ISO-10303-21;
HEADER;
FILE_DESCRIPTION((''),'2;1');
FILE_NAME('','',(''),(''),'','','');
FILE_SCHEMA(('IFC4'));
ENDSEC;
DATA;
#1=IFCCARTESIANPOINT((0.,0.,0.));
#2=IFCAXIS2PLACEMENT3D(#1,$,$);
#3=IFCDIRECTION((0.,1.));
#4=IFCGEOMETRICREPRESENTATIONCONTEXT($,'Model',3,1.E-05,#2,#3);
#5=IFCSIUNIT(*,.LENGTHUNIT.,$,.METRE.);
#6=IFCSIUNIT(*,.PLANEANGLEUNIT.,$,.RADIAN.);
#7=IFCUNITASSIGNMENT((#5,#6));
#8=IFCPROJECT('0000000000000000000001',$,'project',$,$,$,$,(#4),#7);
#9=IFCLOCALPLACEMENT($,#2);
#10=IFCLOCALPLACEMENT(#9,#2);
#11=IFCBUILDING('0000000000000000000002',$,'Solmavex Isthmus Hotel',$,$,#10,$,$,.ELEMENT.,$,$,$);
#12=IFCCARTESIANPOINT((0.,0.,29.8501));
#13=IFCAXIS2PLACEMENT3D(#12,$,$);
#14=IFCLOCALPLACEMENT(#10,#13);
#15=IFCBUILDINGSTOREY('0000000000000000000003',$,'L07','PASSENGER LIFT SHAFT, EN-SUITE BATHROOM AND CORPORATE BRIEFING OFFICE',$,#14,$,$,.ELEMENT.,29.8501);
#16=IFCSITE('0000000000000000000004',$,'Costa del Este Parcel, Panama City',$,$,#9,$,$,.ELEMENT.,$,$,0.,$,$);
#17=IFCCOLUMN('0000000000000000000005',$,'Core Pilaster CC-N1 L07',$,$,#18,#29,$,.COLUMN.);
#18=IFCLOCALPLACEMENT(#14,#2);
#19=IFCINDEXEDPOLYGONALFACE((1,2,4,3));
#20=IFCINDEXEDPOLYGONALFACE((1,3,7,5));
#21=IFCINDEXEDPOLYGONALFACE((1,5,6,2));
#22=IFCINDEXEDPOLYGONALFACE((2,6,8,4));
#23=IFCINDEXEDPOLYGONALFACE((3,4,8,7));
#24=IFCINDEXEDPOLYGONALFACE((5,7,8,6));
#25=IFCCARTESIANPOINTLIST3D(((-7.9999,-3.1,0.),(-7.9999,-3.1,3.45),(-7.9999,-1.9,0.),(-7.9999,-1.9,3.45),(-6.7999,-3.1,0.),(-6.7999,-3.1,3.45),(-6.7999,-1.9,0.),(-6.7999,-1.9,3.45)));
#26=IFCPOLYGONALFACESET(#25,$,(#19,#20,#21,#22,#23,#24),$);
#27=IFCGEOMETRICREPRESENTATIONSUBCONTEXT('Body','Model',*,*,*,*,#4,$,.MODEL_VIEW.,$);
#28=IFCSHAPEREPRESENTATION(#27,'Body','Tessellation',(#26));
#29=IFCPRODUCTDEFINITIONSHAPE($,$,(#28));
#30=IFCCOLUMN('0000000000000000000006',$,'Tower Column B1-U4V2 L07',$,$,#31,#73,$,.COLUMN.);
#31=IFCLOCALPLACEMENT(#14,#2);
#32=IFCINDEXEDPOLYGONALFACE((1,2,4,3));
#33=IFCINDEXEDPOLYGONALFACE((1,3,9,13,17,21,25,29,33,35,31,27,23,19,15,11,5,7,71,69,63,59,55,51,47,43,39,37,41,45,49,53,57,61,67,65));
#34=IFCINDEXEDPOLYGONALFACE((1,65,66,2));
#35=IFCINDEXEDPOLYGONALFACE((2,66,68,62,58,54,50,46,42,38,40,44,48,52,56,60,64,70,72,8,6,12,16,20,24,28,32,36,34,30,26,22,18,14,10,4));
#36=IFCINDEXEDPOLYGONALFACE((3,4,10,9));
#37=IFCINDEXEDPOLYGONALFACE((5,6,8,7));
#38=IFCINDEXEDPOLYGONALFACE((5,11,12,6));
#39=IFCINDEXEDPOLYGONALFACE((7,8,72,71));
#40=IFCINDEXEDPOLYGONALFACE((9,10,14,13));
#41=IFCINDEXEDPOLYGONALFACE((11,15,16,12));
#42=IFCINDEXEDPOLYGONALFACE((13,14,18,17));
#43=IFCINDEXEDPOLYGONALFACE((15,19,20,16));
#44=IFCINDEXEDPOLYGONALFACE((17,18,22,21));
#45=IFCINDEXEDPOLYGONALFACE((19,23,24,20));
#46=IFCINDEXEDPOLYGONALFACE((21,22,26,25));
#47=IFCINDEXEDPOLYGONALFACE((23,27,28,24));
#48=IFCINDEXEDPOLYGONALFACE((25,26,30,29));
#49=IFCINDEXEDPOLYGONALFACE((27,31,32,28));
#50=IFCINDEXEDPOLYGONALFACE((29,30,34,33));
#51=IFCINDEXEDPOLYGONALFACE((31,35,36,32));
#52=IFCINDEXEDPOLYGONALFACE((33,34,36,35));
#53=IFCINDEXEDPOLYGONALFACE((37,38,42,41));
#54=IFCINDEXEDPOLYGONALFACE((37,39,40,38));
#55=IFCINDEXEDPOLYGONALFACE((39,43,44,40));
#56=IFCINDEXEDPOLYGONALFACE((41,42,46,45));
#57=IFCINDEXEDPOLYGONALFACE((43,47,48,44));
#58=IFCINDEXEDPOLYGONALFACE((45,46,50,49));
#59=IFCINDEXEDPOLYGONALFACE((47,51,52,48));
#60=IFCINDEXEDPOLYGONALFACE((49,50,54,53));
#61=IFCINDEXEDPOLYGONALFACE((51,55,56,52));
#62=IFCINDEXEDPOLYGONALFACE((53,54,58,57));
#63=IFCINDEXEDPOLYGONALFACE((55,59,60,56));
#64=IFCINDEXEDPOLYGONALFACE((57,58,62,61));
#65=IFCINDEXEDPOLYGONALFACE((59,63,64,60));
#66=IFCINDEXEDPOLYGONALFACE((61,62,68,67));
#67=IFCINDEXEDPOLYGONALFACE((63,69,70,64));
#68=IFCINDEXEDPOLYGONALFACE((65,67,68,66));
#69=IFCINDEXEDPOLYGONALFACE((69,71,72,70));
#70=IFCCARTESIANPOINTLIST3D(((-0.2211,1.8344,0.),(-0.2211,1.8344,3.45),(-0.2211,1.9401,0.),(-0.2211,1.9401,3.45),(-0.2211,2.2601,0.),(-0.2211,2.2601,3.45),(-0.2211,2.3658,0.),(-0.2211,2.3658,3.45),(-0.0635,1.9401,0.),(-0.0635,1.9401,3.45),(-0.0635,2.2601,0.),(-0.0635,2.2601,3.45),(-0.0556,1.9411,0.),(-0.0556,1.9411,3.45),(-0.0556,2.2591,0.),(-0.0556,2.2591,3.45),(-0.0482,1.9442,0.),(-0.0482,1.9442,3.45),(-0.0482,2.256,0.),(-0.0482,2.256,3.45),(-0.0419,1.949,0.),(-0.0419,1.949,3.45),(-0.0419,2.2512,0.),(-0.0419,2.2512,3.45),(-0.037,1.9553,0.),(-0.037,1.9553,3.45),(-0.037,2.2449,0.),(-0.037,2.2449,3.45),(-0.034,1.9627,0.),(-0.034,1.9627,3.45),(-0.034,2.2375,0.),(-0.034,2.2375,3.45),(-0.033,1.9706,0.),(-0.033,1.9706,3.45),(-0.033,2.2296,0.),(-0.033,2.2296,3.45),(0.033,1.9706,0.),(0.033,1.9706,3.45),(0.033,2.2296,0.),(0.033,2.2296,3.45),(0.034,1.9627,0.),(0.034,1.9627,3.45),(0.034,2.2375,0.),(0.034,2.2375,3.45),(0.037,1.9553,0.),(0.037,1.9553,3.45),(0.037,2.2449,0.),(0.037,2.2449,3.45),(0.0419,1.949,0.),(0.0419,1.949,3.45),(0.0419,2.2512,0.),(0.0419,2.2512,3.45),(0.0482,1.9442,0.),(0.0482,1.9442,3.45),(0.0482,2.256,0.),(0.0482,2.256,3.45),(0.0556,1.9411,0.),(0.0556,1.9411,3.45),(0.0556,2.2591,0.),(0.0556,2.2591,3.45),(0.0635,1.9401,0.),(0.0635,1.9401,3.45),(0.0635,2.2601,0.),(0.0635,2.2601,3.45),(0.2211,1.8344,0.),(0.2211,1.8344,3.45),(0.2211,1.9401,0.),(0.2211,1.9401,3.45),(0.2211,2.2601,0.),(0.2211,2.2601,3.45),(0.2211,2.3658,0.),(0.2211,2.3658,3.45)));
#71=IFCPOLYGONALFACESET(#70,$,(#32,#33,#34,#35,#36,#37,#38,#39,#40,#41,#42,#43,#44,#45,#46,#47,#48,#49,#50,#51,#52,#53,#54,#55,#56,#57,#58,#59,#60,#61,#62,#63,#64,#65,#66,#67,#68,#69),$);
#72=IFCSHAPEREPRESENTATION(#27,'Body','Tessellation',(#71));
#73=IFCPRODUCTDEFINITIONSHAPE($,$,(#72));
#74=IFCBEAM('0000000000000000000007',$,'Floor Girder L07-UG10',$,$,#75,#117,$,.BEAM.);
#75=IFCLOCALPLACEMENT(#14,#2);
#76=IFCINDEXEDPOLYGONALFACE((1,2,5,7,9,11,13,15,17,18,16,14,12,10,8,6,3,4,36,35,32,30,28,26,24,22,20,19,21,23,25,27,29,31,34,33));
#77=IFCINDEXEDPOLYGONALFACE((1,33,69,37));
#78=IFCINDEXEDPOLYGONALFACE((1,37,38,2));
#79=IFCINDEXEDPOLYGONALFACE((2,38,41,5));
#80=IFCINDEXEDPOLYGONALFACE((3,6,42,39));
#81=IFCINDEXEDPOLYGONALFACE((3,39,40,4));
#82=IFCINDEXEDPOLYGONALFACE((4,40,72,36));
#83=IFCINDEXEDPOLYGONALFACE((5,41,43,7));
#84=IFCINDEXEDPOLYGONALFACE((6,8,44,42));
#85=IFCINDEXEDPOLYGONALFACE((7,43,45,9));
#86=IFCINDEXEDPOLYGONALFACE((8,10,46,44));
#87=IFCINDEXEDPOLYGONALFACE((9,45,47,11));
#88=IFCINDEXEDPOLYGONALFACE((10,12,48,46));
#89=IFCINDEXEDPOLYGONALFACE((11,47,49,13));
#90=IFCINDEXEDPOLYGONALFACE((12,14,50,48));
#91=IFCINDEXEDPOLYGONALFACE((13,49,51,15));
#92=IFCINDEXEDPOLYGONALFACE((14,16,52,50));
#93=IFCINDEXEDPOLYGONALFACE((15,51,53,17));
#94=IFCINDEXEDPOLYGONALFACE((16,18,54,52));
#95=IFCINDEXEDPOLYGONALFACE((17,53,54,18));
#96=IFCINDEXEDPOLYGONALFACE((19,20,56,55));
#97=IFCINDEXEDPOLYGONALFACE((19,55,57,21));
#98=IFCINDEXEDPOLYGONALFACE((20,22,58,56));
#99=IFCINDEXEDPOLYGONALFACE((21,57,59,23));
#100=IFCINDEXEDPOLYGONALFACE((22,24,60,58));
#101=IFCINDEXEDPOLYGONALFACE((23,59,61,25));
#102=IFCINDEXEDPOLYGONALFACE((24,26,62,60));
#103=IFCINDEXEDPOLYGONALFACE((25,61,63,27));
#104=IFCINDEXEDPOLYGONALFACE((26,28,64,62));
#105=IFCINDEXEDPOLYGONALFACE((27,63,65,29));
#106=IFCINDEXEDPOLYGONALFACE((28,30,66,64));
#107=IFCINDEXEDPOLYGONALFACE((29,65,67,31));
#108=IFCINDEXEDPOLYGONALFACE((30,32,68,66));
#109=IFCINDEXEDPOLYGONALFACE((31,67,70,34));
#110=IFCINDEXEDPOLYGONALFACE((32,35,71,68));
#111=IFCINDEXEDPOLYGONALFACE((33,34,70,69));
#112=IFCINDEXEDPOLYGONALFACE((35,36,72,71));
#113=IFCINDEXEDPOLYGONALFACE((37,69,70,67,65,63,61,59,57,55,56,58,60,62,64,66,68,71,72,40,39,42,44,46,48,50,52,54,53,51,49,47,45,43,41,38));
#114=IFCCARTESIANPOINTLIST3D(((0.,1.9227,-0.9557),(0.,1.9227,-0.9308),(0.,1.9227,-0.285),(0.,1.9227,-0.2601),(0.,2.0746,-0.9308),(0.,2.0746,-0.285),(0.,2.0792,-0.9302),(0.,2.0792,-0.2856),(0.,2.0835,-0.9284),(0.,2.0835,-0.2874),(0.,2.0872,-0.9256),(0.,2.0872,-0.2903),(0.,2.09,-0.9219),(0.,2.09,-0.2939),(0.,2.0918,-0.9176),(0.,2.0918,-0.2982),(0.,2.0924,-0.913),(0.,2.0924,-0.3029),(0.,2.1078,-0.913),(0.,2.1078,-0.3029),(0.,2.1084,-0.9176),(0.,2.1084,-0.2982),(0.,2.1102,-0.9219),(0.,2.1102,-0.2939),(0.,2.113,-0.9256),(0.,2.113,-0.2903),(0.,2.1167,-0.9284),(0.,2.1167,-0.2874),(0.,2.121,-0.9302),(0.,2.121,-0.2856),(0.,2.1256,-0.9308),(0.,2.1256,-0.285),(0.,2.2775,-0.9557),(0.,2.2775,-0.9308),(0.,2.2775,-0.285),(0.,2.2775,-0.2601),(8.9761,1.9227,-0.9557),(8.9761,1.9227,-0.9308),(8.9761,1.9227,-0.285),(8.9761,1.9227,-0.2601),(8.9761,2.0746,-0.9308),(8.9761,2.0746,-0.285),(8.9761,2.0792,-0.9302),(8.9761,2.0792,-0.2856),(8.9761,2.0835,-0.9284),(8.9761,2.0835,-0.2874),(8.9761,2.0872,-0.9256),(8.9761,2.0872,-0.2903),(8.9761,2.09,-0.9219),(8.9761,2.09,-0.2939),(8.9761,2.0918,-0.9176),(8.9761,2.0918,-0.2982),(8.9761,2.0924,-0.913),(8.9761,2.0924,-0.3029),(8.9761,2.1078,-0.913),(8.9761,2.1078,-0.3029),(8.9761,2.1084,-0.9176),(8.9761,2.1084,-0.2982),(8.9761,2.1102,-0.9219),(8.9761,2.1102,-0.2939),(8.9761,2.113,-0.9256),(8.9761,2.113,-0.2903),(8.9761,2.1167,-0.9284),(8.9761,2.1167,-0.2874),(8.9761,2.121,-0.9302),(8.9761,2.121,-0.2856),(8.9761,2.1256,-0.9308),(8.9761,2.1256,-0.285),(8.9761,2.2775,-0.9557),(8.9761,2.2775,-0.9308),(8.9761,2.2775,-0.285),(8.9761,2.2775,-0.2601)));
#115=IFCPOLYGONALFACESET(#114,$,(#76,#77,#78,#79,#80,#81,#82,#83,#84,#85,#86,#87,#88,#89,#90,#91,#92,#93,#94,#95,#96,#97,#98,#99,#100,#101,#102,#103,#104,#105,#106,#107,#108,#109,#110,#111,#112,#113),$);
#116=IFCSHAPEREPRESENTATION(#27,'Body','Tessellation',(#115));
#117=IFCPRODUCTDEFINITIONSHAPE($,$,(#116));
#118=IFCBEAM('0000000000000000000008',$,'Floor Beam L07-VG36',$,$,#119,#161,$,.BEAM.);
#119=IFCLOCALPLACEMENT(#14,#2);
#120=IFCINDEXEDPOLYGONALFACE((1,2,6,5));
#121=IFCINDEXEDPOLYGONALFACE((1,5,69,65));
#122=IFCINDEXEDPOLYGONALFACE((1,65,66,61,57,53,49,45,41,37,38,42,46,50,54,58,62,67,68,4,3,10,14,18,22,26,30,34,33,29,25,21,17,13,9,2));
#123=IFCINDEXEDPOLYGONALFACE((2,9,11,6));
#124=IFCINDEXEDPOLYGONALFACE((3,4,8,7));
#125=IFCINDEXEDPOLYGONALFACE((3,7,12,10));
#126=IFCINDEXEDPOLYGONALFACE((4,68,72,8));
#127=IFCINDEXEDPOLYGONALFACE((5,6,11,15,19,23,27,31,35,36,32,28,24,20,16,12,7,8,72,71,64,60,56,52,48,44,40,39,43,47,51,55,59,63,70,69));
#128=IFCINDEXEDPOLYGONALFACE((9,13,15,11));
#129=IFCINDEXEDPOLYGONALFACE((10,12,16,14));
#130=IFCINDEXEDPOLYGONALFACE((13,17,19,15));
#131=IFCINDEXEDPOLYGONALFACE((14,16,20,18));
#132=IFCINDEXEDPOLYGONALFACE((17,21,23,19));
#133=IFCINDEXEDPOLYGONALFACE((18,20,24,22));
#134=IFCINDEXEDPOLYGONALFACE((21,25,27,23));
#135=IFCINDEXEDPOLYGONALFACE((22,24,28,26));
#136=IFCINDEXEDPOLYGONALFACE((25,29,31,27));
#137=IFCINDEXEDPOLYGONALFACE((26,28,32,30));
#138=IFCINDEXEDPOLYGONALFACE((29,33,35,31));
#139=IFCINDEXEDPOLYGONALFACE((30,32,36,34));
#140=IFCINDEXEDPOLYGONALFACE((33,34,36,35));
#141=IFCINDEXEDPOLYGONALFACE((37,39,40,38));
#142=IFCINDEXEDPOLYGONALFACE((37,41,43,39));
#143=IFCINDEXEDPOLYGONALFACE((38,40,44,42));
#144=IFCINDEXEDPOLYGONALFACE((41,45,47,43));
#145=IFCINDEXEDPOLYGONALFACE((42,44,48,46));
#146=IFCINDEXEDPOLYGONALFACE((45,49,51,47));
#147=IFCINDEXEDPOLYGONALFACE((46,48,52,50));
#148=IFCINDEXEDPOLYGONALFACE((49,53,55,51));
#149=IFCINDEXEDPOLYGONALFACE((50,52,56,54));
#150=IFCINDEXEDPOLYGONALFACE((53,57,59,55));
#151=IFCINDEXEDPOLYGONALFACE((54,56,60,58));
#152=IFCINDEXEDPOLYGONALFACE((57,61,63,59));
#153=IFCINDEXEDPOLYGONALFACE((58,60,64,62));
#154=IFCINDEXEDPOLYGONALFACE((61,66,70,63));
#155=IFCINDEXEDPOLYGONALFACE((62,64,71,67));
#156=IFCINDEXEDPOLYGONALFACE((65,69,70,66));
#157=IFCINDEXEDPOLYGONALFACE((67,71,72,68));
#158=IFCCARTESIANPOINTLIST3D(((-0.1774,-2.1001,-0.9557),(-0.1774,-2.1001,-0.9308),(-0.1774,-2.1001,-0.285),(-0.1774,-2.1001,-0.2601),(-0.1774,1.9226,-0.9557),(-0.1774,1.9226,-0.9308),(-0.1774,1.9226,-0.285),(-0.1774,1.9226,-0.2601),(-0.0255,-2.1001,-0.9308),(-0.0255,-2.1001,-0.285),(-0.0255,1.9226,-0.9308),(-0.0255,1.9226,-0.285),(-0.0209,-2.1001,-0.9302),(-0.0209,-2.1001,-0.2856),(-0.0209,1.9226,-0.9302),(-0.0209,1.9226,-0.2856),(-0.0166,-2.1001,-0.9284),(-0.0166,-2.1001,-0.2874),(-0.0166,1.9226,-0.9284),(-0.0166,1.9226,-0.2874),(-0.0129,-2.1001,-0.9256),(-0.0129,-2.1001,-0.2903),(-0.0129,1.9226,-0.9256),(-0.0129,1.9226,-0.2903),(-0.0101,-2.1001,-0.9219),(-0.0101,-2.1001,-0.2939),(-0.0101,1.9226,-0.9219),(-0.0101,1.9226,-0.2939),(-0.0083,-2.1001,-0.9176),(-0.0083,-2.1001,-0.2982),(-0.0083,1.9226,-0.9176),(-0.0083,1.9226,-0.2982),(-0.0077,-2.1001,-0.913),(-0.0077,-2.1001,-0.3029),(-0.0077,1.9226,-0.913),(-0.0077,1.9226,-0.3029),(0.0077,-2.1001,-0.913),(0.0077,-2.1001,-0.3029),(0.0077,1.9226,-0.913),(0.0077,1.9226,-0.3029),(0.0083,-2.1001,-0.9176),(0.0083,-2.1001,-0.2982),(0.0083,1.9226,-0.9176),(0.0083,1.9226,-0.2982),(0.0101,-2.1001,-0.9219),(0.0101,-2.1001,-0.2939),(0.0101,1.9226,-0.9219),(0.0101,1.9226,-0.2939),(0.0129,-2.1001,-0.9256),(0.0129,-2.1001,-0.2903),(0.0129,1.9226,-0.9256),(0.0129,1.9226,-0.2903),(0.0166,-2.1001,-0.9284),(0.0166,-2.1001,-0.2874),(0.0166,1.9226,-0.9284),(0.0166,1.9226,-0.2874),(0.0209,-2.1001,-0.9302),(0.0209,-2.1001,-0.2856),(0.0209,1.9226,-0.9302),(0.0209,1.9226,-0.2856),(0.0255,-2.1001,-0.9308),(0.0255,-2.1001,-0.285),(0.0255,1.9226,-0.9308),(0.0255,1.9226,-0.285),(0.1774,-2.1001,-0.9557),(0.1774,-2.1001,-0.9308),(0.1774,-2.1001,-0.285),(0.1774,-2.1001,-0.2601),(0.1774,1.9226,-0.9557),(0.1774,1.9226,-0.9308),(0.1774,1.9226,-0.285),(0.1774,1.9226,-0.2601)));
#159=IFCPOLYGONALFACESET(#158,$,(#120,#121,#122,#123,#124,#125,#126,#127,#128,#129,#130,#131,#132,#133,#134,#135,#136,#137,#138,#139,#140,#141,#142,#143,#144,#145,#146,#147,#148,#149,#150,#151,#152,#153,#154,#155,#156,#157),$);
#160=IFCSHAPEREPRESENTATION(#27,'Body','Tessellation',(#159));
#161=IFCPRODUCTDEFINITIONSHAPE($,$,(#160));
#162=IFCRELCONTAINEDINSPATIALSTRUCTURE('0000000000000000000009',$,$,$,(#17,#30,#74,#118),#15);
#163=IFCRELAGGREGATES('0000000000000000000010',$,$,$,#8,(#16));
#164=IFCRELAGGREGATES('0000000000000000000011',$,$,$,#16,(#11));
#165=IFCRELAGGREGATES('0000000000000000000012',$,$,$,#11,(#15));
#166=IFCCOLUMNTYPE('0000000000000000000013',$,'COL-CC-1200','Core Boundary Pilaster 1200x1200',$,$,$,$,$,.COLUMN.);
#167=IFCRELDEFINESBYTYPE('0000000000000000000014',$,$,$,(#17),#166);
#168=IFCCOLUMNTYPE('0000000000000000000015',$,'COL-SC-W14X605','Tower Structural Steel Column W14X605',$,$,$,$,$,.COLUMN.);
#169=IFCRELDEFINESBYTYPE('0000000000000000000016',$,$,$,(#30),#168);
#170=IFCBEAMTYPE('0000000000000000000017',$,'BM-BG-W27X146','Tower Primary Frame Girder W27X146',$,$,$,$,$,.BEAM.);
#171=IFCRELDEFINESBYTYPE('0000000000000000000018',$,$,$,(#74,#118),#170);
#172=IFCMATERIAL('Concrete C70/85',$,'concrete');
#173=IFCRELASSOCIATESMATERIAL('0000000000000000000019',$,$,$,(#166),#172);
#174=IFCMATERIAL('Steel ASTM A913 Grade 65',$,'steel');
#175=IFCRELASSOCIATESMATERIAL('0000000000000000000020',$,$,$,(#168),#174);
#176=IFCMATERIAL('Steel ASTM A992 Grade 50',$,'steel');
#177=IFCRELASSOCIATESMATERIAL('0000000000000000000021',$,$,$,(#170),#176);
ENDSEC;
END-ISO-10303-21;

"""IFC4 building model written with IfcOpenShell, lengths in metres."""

from ifc_helpers import new_model, si_unit, direction, frame, origin, origin_2d, place, context, subcontext, project, spatial, rectangle, i_section, extrude, material, material_profile, profile_set, type_object, element, save


model = new_model("IFC4")

# Units and contexts
model_context = context("Model", 3, precision=1e-05, world=origin(), true_north=direction((0.0, 1.0)))
body_context = subcontext(model_context, "Body", "Model", "MODEL_VIEW")
ifc_project = project(units=[si_unit("LENGTHUNIT", "METRE"), si_unit("PLANEANGLEUNIT", "RADIAN")], contexts=[model_context])

# Site, building, storey
site_placement = place(None, origin())
site = spatial("IfcSite", under=ifc_project, at=site_placement, Name="Costa del Este Parcel, Panama City", CompositionType="ELEMENT", RefElevation=0.0)
building_placement = place(site_placement, origin())
building = spatial("IfcBuilding", under=site, at=building_placement, Name="Solmavex Isthmus Hotel", CompositionType="ELEMENT")
storey_placement = place(building_placement, frame((0.0, 0.0, 29.8501)))
storey = spatial("IfcBuildingStorey", under=building, at=storey_placement, Name="L07", Description="PASSENGER LIFT SHAFT, EN-SUITE BATHROOM AND CORPORATE BRIEFING OFFICE", CompositionType="ELEMENT", Elevation=29.8501)

# Columns
ifc_material_1 = material(Name="Concrete C70/85", Category="concrete")
ifc_material_profile_1 = material_profile(ifc_material_1, rectangle(XDim=1.2, YDim=1.2, at=origin_2d()), Name="RC1200X1200")
ifc_profile_set_1 = profile_set([ifc_material_profile_1], Name="Concrete C70/85")
column_type_1 = type_object("IfcColumnType", Name="COL-CC-1200", Description="Core Boundary Pilaster 1200x1200", PredefinedType="COLUMN", material=ifc_profile_set_1)
column_1_placement = place(storey_placement, frame((-7.3999, -2.5, 0.0), z_axis=(0.0, 0.0, 1.0), x_axis=(1.0, 0.0, 0.0)))
element("IfcColumn", 1, at=column_1_placement, inside=storey, type_object=column_type_1, Name="Core Pilaster CC-N1 L07", PredefinedType="COLUMN", context=body_context, shape_type="SweptSolid", body=[
    extrude(rectangle(XDim=1.2, YDim=1.2, at=origin_2d()), origin(), (0.0, 0.0, 1.0), 3.45),
])
ifc_material_2 = material(Name="Steel ASTM A913 Grade 65", Category="steel")
ifc_material_profile_2 = material_profile(ifc_material_2, i_section(OverallWidth=0.4421, OverallDepth=0.5315, WebThickness=0.0659, FlangeThickness=0.1057, FilletRadius=0.0305, at=origin_2d()), Name="W14X605")
ifc_profile_set_2 = profile_set([ifc_material_profile_2], Name="Steel ASTM A913 Grade 65")
column_type_2 = type_object("IfcColumnType", Name="COL-SC-W14X605", Description="Tower Structural Steel Column W14X605", PredefinedType="COLUMN", material=ifc_profile_set_2)
column_2_placement = place(storey_placement, frame((0.0, 2.1001, 0.0), z_axis=(0.0, 0.0, 1.0), x_axis=(1.0, 0.0, 0.0)))
element("IfcColumn", 2, at=column_2_placement, inside=storey, type_object=column_type_2, Name="Tower Column B1-U4V2 L07", PredefinedType="COLUMN", context=body_context, shape_type="SweptSolid", body=[
    extrude(i_section(OverallWidth=0.4421, OverallDepth=0.5315, WebThickness=0.0659, FlangeThickness=0.1057, FilletRadius=0.0305, at=origin_2d()), origin(), (0.0, 0.0, 1.0), 3.45),
])

# Beams
ifc_material_3 = material(Name="Steel ASTM A992 Grade 50", Category="steel")
ifc_material_profile_3 = material_profile(ifc_material_3, i_section(OverallWidth=0.3547, OverallDepth=0.6956, WebThickness=0.0154, FlangeThickness=0.0249, FilletRadius=0.0178, at=origin_2d()), Name="W27X146")
ifc_profile_set_3 = profile_set([ifc_material_profile_3], Name="Steel ASTM A992 Grade 50")
beam_type_1 = type_object("IfcBeamType", Name="BM-BG-W27X146", Description="Tower Primary Frame Girder W27X146", PredefinedType="BEAM", material=ifc_profile_set_3)
beam_1_placement = place(storey_placement, frame((0.0, 2.1001, -0.6079), z_axis=(1.0, 0.0, 0.0), x_axis=(0.0, 1.0, 0.0)))
element("IfcBeam", 3, at=beam_1_placement, inside=storey, type_object=beam_type_1, Name="Floor Girder L07-UG10", PredefinedType="BEAM", context=body_context, shape_type="SweptSolid", body=[
    extrude(i_section(OverallWidth=0.3547, OverallDepth=0.6956, WebThickness=0.0154, FlangeThickness=0.0249, FilletRadius=0.0178, at=origin_2d()), origin(), (0.0, 0.0, 1.0), 8.9761),
])
beam_2_placement = place(storey_placement, frame((0.0, -2.1001, -0.6079), z_axis=(0.0, 1.0, 0.0), x_axis=(-1.0, 0.0, 0.0)))
element("IfcBeam", 4, at=beam_2_placement, inside=storey, type_object=beam_type_1, Name="Floor Beam L07-VG36", PredefinedType="BEAM", context=body_context, shape_type="SweptSolid", body=[
    extrude(i_section(OverallWidth=0.3547, OverallDepth=0.6956, WebThickness=0.0154, FlangeThickness=0.0249, FilletRadius=0.0178, at=origin_2d()), origin(), (0.0, 0.0, 1.0), 4.0227),
])

save(model, "model.ifc")
